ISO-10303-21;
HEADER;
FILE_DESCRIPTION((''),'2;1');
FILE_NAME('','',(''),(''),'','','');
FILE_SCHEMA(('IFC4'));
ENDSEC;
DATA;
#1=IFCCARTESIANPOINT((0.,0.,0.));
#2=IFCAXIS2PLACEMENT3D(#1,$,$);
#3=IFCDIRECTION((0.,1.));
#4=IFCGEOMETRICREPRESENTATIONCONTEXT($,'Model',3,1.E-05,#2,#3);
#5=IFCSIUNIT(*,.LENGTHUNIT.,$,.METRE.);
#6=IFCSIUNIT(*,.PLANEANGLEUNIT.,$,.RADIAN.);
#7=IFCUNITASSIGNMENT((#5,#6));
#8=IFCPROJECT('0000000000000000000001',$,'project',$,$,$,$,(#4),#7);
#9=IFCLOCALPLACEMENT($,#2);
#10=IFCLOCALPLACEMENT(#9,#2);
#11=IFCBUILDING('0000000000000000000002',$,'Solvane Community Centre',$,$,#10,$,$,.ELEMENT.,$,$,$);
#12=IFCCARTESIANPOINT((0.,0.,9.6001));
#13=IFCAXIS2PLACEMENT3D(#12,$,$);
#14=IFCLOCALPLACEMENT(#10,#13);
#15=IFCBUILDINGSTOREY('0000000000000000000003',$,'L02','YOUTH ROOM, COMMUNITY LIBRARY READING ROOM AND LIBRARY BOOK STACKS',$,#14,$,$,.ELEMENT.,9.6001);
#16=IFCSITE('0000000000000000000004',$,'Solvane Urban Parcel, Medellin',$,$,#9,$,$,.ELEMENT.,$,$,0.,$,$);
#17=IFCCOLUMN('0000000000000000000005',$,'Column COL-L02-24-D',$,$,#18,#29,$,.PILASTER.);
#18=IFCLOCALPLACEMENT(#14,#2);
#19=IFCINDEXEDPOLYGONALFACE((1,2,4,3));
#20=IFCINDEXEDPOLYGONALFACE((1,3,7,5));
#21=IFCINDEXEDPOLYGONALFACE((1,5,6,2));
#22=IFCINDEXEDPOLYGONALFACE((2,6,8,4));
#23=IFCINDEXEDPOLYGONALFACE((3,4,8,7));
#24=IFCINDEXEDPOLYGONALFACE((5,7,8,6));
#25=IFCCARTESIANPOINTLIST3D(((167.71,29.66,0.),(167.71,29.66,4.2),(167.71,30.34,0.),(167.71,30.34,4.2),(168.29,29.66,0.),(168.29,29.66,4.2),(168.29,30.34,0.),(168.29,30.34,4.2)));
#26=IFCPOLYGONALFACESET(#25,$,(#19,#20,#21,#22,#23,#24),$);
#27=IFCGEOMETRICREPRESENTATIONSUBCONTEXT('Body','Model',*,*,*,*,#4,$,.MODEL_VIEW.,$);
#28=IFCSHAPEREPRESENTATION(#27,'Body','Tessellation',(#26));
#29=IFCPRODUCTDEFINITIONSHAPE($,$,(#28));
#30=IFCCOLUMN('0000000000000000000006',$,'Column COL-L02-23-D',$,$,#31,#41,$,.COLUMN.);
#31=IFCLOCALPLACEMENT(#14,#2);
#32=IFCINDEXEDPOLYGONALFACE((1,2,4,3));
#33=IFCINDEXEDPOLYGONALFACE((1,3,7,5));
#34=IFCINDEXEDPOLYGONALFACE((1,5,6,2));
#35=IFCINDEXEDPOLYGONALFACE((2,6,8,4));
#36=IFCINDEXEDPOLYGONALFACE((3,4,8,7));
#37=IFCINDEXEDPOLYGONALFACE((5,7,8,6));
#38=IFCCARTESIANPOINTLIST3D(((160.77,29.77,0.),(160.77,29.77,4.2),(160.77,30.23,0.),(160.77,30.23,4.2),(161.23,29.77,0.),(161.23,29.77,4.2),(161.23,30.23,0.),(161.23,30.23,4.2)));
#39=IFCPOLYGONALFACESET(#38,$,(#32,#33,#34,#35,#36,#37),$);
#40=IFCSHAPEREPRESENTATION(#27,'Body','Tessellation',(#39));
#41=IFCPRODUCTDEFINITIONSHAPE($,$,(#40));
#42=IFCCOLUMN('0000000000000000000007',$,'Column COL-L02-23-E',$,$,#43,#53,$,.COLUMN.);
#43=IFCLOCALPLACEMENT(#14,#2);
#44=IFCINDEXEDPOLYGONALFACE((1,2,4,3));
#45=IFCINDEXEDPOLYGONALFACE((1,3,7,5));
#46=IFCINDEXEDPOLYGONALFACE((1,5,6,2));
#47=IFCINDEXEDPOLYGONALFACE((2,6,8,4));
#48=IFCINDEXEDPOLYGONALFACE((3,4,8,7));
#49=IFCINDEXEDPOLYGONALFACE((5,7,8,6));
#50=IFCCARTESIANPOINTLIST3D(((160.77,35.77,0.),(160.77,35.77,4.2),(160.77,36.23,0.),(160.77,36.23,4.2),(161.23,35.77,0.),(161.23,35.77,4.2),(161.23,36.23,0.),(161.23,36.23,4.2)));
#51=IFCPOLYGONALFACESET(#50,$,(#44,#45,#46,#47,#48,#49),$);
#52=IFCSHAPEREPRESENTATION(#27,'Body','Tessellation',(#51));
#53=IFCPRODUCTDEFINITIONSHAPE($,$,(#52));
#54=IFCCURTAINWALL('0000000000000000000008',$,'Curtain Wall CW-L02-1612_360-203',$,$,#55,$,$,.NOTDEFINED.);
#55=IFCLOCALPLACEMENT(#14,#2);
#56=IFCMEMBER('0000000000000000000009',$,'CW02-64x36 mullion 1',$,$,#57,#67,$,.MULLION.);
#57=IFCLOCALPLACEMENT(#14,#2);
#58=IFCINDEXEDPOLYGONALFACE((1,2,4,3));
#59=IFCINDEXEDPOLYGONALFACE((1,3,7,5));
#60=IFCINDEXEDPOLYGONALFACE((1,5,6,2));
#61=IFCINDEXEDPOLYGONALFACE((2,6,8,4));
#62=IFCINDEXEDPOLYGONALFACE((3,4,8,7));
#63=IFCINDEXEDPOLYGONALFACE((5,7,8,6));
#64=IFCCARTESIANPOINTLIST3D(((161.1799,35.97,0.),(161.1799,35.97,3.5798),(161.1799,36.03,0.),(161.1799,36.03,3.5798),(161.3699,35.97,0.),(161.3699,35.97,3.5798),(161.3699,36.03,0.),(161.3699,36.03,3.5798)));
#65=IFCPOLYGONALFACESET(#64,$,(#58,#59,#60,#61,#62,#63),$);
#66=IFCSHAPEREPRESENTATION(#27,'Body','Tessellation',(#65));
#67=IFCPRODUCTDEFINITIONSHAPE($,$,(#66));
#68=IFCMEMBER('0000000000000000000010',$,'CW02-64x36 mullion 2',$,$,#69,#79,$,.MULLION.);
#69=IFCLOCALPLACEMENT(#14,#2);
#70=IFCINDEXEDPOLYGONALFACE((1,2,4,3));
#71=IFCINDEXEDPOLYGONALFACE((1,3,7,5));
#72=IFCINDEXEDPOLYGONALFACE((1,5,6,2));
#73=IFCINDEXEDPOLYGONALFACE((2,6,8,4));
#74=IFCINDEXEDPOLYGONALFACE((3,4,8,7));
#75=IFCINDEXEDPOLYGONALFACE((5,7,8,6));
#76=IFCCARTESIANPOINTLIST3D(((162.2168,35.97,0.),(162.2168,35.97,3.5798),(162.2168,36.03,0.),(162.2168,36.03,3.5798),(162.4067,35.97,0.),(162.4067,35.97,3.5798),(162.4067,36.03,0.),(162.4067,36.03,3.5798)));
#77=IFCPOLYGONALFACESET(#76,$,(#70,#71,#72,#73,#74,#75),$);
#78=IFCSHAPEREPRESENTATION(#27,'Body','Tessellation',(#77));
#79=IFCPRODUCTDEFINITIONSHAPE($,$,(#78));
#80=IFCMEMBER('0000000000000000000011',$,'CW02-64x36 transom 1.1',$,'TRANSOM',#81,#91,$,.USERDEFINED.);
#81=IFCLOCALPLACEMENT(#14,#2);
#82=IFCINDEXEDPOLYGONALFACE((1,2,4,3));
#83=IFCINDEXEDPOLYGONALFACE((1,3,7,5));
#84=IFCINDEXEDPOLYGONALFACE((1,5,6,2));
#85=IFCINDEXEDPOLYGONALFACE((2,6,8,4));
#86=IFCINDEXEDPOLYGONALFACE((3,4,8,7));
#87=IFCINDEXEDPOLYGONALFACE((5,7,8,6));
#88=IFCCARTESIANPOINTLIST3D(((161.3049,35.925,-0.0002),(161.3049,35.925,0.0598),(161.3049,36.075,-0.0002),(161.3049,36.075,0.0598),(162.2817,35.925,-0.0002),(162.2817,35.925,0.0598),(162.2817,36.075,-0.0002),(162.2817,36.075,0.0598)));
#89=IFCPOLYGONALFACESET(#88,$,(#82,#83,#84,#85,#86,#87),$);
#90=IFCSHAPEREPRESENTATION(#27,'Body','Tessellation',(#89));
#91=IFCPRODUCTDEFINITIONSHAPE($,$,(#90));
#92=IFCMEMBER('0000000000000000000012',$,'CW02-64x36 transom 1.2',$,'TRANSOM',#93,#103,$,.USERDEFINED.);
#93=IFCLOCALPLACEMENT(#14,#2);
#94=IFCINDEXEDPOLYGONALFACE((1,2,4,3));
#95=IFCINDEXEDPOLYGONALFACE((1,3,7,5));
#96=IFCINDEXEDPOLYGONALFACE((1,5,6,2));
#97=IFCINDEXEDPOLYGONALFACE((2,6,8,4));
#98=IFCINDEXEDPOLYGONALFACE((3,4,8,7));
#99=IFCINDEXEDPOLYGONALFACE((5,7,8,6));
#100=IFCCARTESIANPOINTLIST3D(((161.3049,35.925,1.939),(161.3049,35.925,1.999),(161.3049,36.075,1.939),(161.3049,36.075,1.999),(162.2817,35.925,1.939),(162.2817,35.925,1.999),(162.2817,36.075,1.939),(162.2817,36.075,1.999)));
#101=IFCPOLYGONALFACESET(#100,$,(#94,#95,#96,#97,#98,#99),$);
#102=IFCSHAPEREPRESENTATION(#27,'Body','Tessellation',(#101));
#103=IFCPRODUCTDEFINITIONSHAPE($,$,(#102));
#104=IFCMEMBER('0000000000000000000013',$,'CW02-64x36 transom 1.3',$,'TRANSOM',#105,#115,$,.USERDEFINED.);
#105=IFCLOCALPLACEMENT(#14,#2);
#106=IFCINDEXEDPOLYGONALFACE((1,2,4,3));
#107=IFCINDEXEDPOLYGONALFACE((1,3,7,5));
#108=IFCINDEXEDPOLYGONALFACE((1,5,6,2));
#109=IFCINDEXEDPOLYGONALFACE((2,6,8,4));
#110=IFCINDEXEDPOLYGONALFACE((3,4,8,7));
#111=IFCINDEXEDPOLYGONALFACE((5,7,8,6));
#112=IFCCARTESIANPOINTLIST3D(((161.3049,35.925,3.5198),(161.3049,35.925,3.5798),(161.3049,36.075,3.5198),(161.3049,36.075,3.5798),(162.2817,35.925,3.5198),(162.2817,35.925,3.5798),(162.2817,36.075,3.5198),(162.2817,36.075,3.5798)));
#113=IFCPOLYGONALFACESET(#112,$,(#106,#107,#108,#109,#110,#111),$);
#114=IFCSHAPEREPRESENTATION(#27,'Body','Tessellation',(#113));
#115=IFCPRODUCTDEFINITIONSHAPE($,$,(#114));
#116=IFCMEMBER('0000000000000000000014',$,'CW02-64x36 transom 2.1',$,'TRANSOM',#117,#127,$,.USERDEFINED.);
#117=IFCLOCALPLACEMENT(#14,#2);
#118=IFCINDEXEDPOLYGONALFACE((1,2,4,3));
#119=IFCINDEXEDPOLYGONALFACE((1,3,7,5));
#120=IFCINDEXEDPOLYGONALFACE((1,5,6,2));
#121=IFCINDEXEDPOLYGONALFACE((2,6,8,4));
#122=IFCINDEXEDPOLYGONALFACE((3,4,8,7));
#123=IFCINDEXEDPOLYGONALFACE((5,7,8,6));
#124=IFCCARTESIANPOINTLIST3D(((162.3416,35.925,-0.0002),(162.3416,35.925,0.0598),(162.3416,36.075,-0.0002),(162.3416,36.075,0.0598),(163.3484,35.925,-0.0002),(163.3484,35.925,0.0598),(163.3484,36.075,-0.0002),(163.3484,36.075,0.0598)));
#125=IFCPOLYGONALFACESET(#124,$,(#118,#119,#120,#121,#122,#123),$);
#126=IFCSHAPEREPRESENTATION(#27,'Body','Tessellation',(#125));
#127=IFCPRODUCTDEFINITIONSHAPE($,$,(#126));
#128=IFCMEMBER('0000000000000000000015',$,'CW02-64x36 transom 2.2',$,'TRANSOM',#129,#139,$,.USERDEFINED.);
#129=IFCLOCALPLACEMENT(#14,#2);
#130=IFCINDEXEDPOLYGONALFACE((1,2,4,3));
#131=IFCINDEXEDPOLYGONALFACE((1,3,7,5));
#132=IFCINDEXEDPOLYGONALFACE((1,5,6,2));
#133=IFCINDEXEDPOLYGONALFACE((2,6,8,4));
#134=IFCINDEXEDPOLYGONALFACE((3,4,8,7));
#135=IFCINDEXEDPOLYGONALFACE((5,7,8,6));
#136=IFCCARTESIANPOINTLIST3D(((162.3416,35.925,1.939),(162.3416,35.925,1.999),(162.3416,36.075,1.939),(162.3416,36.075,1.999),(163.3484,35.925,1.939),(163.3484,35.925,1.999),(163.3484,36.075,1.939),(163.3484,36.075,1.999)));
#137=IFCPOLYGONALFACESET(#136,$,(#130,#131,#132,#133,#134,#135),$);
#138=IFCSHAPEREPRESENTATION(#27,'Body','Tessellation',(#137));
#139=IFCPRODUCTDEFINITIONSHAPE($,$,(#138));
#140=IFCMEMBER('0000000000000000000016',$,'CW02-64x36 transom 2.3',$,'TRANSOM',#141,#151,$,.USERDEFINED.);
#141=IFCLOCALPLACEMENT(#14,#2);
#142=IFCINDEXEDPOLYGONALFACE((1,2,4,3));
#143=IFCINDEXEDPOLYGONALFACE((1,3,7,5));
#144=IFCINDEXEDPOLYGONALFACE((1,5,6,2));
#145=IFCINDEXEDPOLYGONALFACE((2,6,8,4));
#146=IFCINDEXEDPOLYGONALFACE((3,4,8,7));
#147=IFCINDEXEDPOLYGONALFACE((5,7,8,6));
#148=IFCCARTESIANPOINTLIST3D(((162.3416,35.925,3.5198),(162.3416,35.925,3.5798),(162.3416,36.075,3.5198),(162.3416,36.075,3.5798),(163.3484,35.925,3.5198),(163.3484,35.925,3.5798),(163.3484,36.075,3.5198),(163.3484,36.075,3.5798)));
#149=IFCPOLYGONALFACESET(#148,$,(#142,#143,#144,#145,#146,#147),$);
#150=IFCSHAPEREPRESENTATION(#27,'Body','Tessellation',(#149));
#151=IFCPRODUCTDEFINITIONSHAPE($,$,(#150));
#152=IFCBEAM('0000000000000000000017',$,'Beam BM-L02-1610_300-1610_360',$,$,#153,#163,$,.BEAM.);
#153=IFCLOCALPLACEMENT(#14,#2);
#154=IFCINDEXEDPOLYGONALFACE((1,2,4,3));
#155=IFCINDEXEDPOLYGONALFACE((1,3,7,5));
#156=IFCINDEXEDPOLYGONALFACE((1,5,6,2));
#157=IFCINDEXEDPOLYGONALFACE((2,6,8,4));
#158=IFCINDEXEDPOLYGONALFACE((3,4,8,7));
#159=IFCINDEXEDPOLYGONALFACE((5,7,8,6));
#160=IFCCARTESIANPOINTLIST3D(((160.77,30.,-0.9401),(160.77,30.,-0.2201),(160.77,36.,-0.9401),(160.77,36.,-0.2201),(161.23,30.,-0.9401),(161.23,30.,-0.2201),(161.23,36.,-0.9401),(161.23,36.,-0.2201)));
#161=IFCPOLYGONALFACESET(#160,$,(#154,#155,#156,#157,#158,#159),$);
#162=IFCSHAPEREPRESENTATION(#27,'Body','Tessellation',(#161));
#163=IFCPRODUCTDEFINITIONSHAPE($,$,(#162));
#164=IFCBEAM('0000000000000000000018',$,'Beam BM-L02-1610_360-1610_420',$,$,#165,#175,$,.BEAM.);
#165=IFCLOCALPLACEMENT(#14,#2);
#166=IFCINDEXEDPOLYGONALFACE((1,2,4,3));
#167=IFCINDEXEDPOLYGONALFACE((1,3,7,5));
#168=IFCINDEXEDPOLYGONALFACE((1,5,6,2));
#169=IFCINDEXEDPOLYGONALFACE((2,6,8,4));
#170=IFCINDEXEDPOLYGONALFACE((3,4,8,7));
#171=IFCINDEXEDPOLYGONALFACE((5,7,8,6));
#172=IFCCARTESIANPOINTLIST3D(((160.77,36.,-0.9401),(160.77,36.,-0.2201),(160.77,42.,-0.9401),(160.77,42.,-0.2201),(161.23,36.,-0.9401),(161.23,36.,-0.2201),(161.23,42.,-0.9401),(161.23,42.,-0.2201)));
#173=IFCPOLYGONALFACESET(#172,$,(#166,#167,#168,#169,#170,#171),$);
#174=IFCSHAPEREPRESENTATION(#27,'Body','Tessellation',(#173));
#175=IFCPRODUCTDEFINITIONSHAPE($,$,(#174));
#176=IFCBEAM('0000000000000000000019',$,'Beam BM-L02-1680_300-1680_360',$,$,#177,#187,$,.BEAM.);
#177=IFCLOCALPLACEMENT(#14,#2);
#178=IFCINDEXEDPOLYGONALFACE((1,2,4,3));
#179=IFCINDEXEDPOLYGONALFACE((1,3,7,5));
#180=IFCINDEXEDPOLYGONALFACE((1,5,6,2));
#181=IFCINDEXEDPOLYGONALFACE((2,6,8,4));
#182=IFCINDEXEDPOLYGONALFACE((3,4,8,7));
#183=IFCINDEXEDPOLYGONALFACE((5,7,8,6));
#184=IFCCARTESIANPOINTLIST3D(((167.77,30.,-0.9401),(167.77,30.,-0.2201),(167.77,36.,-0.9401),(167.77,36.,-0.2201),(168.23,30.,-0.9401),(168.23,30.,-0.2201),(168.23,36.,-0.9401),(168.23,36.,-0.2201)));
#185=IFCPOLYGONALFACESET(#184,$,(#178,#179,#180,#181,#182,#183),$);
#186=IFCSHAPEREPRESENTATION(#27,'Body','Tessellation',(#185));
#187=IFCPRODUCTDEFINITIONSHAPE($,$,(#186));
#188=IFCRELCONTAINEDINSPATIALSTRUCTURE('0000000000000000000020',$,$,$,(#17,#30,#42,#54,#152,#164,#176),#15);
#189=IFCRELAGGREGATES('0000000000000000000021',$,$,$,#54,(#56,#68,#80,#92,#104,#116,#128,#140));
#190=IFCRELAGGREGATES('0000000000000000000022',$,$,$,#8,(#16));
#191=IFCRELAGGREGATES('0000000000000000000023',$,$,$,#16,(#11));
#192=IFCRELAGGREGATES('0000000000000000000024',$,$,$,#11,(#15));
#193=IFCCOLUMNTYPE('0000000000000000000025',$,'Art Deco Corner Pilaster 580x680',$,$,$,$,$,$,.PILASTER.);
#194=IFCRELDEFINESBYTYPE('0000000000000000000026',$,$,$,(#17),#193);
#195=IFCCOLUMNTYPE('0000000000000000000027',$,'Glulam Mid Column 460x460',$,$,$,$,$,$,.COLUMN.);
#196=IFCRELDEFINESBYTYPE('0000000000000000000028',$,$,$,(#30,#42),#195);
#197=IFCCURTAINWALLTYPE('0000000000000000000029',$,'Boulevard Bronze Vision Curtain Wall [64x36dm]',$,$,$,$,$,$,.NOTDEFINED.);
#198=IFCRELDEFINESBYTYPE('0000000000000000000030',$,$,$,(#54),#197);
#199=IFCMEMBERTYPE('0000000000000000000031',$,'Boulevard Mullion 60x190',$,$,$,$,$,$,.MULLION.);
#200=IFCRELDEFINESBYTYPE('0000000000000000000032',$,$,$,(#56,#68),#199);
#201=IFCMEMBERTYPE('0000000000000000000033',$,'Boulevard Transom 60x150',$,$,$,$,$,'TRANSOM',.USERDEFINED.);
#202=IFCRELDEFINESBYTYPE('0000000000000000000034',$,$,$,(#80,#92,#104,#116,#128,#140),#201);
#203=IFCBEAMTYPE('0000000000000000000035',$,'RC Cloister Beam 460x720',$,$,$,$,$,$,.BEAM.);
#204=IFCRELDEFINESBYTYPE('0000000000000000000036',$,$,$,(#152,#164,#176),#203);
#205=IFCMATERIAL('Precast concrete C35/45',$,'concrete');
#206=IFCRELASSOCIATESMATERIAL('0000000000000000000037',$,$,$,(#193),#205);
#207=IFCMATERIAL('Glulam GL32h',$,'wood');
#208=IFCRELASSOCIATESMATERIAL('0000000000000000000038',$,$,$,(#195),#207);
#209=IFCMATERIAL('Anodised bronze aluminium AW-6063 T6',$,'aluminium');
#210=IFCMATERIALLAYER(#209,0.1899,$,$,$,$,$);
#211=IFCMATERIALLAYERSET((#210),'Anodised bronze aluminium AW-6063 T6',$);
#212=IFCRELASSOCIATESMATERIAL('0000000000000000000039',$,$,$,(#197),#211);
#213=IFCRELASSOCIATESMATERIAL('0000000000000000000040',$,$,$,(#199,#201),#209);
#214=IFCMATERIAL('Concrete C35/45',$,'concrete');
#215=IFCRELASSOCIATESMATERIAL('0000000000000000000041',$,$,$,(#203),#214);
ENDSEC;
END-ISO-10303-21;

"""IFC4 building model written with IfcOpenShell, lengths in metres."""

from ifc_helpers import new_model, si_unit, direction, frame, origin, origin_2d, place, context, subcontext, project, spatial, rectangle, extrude, material, layer, layer_set, material_profile, profile_set, type_object, element, aggregate, save


model = new_model("IFC4")

# Units and contexts
model_context = context("Model", 3, precision=1e-05, world=origin(), true_north=direction((0.0, 1.0)))
body_context = subcontext(model_context, "Body", "Model", "MODEL_VIEW")
ifc_project = project(units=[si_unit("LENGTHUNIT", "METRE"), si_unit("PLANEANGLEUNIT", "RADIAN")], contexts=[model_context])

# Site, building, storey
site_placement = place(None, origin())
site = spatial("IfcSite", under=ifc_project, at=site_placement, Name="Solvane Urban Parcel, Medellin", CompositionType="ELEMENT", RefElevation=0.0)
building_placement = place(site_placement, origin())
building = spatial("IfcBuilding", under=site, at=building_placement, Name="Solvane Community Centre", CompositionType="ELEMENT")
storey_placement = place(building_placement, frame((0.0, 0.0, 9.6001)))
storey = spatial("IfcBuildingStorey", under=building, at=storey_placement, Name="L02", Description="YOUTH ROOM, COMMUNITY LIBRARY READING ROOM AND LIBRARY BOOK STACKS", CompositionType="ELEMENT", Elevation=9.6001)

# Columns
ifc_material_1 = material(Name="Precast concrete C35/45", Category="concrete")
ifc_material_profile_1 = material_profile(ifc_material_1, rectangle(XDim=0.5801, YDim=0.6799, at=origin_2d()), Name="RC 580x680")
ifc_profile_set_1 = profile_set([ifc_material_profile_1], Name="Precast concrete C35/45")
column_type_1 = type_object("IfcColumnType", Name="Art Deco Corner Pilaster 580x680", PredefinedType="PILASTER", material=ifc_profile_set_1)
column_placement = place(storey_placement, frame((168.0, 30.0, 0.0), z_axis=(0.0, 0.0, 1.0), x_axis=(1.0, 0.0, 0.0)))
element("IfcColumn", 1, at=column_placement, inside=storey, type_object=column_type_1, Name="Column COL-L02-24-D", PredefinedType="PILASTER", context=body_context, shape_type="SweptSolid", body=[
    extrude(rectangle(XDim=0.5801, YDim=0.6799, at=origin_2d()), origin(), (0.0, 0.0, 1.0), 4.2),
])
ifc_material_2 = material(Name="Glulam GL32h", Category="wood")
ifc_material_profile_2 = material_profile(ifc_material_2, rectangle(XDim=0.46, YDim=0.46, at=origin_2d()), Name="GL32h 460x460")
ifc_profile_set_2 = profile_set([ifc_material_profile_2], Name="Glulam GL32h")
column_type_2 = type_object("IfcColumnType", Name="Glulam Mid Column 460x460", PredefinedType="COLUMN", material=ifc_profile_set_2)
for number, where, z_axis, x_axis, name in (
    (2, (161.0, 30.0, 0.0), (0.0, 0.0, 1.0), (1.0, 0.0, 0.0), "Column COL-L02-23-D"),
    (3, (161.0, 36.0, 0.0), (0.0, 0.0, 1.0), (1.0, 0.0, 0.0), "Column COL-L02-23-E"),
):
    element("IfcColumn", number, at=place(storey_placement, frame(where, z_axis=z_axis, x_axis=x_axis)), inside=storey, type_object=column_type_2, Name=name, PredefinedType="COLUMN", context=body_context, shape_type="SweptSolid", body=[
        extrude(rectangle(XDim=0.46, YDim=0.46, at=origin_2d()), origin(), (0.0, 0.0, 1.0), 4.2),
    ])

# Curtain wall, members
ifc_material_3 = material(Name="Anodised bronze aluminium AW-6063 T6", Category="aluminium")
ifc_layer_1 = layer(ifc_material_3, 0.1899)
ifc_layer_set_1 = layer_set([ifc_layer_1], Name="Anodised bronze aluminium AW-6063 T6")
curtain_wall_type = type_object("IfcCurtainWallType", Name="Boulevard Bronze Vision Curtain Wall [64x36dm]", PredefinedType="NOTDEFINED", material=ifc_layer_set_1)
curtain_wall_placement = place(storey_placement, origin())
curtain_wall = element("IfcCurtainWall", 4, at=curtain_wall_placement, inside=storey, type_object=curtain_wall_type, Name="Curtain Wall CW-L02-1612_360-203", PredefinedType="NOTDEFINED")
ifc_material_profile_3 = material_profile(ifc_material_3, rectangle(XDim=0.0601, YDim=0.1899, at=origin_2d()), Name="CW-M 60x190")
ifc_profile_set_3 = profile_set([ifc_material_profile_3], Name="Anodised bronze aluminium AW-6063 T6")
member_type_1 = type_object("IfcMemberType", Name="Boulevard Mullion 60x190", PredefinedType="MULLION", material=ifc_profile_set_3)
member_1_placement = place(storey_placement, frame((161.2749, 36.0, 0.0), z_axis=(0.0, 0.0, 1.0), x_axis=(0.0, 1.0, 0.0)))
member_1 = element("IfcMember", 5, at=member_1_placement, type_object=member_type_1, Name="CW02-64x36 mullion 1", PredefinedType="MULLION", context=body_context, shape_type="SweptSolid", body=[
    extrude(rectangle(XDim=0.0601, YDim=0.1899, at=origin_2d()), origin(), (0.0, 0.0, 1.0), 3.5798),
])
member_2_placement = place(storey_placement, frame((162.3118, 36.0, 0.0), z_axis=(0.0, 0.0, 1.0), x_axis=(0.0, 1.0, 0.0)))
member_2 = element("IfcMember", 6, at=member_2_placement, type_object=member_type_1, Name="CW02-64x36 mullion 2", PredefinedType="MULLION", context=body_context, shape_type="SweptSolid", body=[
    extrude(rectangle(XDim=0.0601, YDim=0.1899, at=origin_2d()), origin(), (0.0, 0.0, 1.0), 3.5798),
])
ifc_material_profile_4 = material_profile(ifc_material_3, rectangle(XDim=0.1499, YDim=0.0601, at=origin_2d()), Name="CW-T 60x150")
ifc_profile_set_4 = profile_set([ifc_material_profile_4], Name="Anodised bronze aluminium AW-6063 T6")
member_type_2 = type_object("IfcMemberType", Name="Boulevard Transom 60x150", ElementType="TRANSOM", PredefinedType="USERDEFINED", material=ifc_profile_set_4)
member_3_placement = place(storey_placement, frame((161.3049, 36.0, 0.0298), z_axis=(1.0, 0.0, 0.0), x_axis=(0.0, 1.0, 0.0)))
member_3 = element("IfcMember", 7, at=member_3_placement, type_object=member_type_2, Name="CW02-64x36 transom 1.1", ObjectType="TRANSOM", PredefinedType="USERDEFINED", context=body_context, shape_type="SweptSolid", body=[
    extrude(rectangle(XDim=0.1499, YDim=0.0601, at=origin_2d()), origin(), (0.0, 0.0, 1.0), 0.9768),
])
member_4_placement = place(storey_placement, frame((161.3049, 36.0, 1.969), z_axis=(1.0, 0.0, 0.0), x_axis=(0.0, 1.0, 0.0)))
member_4 = element("IfcMember", 8, at=member_4_placement, type_object=member_type_2, Name="CW02-64x36 transom 1.2", ObjectType="TRANSOM", PredefinedType="USERDEFINED", context=body_context, shape_type="SweptSolid", body=[
    extrude(rectangle(XDim=0.1499, YDim=0.0601, at=origin_2d()), origin(), (0.0, 0.0, 1.0), 0.9768),
])
member_5_placement = place(storey_placement, frame((161.3049, 36.0, 3.5498), z_axis=(1.0, 0.0, 0.0), x_axis=(0.0, 1.0, 0.0)))
member_5 = element("IfcMember", 9, at=member_5_placement, type_object=member_type_2, Name="CW02-64x36 transom 1.3", ObjectType="TRANSOM", PredefinedType="USERDEFINED", context=body_context, shape_type="SweptSolid", body=[
    extrude(rectangle(XDim=0.1499, YDim=0.0601, at=origin_2d()), origin(), (0.0, 0.0, 1.0), 0.9768),
])
member_6_placement = place(storey_placement, frame((162.3416, 36.0, 0.0298), z_axis=(1.0, 0.0, 0.0), x_axis=(0.0, 1.0, 0.0)))
member_6 = element("IfcMember", 10, at=member_6_placement, type_object=member_type_2, Name="CW02-64x36 transom 2.1", ObjectType="TRANSOM", PredefinedType="USERDEFINED", context=body_context, shape_type="SweptSolid", body=[
    extrude(rectangle(XDim=0.1499, YDim=0.0601, at=origin_2d()), origin(), (0.0, 0.0, 1.0), 1.0068),
])
member_7_placement = place(storey_placement, frame((162.3416, 36.0, 1.969), z_axis=(1.0, 0.0, 0.0), x_axis=(0.0, 1.0, 0.0)))
member_7 = element("IfcMember", 11, at=member_7_placement, type_object=member_type_2, Name="CW02-64x36 transom 2.2", ObjectType="TRANSOM", PredefinedType="USERDEFINED", context=body_context, shape_type="SweptSolid", body=[
    extrude(rectangle(XDim=0.1499, YDim=0.0601, at=origin_2d()), origin(), (0.0, 0.0, 1.0), 1.0068),
])
member_8_placement = place(storey_placement, frame((162.3416, 36.0, 3.5498), z_axis=(1.0, 0.0, 0.0), x_axis=(0.0, 1.0, 0.0)))
member_8 = element("IfcMember", 12, at=member_8_placement, type_object=member_type_2, Name="CW02-64x36 transom 2.3", ObjectType="TRANSOM", PredefinedType="USERDEFINED", context=body_context, shape_type="SweptSolid", body=[
    extrude(rectangle(XDim=0.1499, YDim=0.0601, at=origin_2d()), origin(), (0.0, 0.0, 1.0), 1.0068),
])

# Beams
ifc_material_4 = material(Name="Concrete C35/45", Category="concrete")
ifc_material_profile_5 = material_profile(ifc_material_4, rectangle(XDim=0.46, YDim=0.72, at=origin_2d()), Name="RC 460x720")
ifc_profile_set_5 = profile_set([ifc_material_profile_5], Name="Concrete C35/45")
beam_type_1 = type_object("IfcBeamType", Name="RC Cloister Beam 460x720", PredefinedType="BEAM", material=ifc_profile_set_5)
for number, where, z_axis, x_axis, name in (
    (13, (161.0, 30.0, -0.5801), (0.0, 1.0, 0.0), (-1.0, 0.0, 0.0), "Beam BM-L02-1610_300-1610_360"),
    (14, (161.0, 36.0, -0.5801), (0.0, 1.0, 0.0), (-1.0, 0.0, 0.0), "Beam BM-L02-1610_360-1610_420"),
    (15, (168.0, 30.0, -0.5801), (0.0, 1.0, 0.0), (-1.0, 0.0, 0.0), "Beam BM-L02-1680_300-1680_360"),
):
    element("IfcBeam", number, at=place(storey_placement, frame(where, z_axis=z_axis, x_axis=x_axis)), inside=storey, type_object=beam_type_1, Name=name, PredefinedType="BEAM", context=body_context, shape_type="SweptSolid", body=[
        extrude(rectangle(XDim=0.46, YDim=0.72, at=origin_2d()), origin(), (0.0, 0.0, 1.0), 6.0),
    ])

aggregate(curtain_wall, [member_1, member_2, member_3, member_4, member_5, member_6, member_7, member_8])

save(model, "model.ifc")
